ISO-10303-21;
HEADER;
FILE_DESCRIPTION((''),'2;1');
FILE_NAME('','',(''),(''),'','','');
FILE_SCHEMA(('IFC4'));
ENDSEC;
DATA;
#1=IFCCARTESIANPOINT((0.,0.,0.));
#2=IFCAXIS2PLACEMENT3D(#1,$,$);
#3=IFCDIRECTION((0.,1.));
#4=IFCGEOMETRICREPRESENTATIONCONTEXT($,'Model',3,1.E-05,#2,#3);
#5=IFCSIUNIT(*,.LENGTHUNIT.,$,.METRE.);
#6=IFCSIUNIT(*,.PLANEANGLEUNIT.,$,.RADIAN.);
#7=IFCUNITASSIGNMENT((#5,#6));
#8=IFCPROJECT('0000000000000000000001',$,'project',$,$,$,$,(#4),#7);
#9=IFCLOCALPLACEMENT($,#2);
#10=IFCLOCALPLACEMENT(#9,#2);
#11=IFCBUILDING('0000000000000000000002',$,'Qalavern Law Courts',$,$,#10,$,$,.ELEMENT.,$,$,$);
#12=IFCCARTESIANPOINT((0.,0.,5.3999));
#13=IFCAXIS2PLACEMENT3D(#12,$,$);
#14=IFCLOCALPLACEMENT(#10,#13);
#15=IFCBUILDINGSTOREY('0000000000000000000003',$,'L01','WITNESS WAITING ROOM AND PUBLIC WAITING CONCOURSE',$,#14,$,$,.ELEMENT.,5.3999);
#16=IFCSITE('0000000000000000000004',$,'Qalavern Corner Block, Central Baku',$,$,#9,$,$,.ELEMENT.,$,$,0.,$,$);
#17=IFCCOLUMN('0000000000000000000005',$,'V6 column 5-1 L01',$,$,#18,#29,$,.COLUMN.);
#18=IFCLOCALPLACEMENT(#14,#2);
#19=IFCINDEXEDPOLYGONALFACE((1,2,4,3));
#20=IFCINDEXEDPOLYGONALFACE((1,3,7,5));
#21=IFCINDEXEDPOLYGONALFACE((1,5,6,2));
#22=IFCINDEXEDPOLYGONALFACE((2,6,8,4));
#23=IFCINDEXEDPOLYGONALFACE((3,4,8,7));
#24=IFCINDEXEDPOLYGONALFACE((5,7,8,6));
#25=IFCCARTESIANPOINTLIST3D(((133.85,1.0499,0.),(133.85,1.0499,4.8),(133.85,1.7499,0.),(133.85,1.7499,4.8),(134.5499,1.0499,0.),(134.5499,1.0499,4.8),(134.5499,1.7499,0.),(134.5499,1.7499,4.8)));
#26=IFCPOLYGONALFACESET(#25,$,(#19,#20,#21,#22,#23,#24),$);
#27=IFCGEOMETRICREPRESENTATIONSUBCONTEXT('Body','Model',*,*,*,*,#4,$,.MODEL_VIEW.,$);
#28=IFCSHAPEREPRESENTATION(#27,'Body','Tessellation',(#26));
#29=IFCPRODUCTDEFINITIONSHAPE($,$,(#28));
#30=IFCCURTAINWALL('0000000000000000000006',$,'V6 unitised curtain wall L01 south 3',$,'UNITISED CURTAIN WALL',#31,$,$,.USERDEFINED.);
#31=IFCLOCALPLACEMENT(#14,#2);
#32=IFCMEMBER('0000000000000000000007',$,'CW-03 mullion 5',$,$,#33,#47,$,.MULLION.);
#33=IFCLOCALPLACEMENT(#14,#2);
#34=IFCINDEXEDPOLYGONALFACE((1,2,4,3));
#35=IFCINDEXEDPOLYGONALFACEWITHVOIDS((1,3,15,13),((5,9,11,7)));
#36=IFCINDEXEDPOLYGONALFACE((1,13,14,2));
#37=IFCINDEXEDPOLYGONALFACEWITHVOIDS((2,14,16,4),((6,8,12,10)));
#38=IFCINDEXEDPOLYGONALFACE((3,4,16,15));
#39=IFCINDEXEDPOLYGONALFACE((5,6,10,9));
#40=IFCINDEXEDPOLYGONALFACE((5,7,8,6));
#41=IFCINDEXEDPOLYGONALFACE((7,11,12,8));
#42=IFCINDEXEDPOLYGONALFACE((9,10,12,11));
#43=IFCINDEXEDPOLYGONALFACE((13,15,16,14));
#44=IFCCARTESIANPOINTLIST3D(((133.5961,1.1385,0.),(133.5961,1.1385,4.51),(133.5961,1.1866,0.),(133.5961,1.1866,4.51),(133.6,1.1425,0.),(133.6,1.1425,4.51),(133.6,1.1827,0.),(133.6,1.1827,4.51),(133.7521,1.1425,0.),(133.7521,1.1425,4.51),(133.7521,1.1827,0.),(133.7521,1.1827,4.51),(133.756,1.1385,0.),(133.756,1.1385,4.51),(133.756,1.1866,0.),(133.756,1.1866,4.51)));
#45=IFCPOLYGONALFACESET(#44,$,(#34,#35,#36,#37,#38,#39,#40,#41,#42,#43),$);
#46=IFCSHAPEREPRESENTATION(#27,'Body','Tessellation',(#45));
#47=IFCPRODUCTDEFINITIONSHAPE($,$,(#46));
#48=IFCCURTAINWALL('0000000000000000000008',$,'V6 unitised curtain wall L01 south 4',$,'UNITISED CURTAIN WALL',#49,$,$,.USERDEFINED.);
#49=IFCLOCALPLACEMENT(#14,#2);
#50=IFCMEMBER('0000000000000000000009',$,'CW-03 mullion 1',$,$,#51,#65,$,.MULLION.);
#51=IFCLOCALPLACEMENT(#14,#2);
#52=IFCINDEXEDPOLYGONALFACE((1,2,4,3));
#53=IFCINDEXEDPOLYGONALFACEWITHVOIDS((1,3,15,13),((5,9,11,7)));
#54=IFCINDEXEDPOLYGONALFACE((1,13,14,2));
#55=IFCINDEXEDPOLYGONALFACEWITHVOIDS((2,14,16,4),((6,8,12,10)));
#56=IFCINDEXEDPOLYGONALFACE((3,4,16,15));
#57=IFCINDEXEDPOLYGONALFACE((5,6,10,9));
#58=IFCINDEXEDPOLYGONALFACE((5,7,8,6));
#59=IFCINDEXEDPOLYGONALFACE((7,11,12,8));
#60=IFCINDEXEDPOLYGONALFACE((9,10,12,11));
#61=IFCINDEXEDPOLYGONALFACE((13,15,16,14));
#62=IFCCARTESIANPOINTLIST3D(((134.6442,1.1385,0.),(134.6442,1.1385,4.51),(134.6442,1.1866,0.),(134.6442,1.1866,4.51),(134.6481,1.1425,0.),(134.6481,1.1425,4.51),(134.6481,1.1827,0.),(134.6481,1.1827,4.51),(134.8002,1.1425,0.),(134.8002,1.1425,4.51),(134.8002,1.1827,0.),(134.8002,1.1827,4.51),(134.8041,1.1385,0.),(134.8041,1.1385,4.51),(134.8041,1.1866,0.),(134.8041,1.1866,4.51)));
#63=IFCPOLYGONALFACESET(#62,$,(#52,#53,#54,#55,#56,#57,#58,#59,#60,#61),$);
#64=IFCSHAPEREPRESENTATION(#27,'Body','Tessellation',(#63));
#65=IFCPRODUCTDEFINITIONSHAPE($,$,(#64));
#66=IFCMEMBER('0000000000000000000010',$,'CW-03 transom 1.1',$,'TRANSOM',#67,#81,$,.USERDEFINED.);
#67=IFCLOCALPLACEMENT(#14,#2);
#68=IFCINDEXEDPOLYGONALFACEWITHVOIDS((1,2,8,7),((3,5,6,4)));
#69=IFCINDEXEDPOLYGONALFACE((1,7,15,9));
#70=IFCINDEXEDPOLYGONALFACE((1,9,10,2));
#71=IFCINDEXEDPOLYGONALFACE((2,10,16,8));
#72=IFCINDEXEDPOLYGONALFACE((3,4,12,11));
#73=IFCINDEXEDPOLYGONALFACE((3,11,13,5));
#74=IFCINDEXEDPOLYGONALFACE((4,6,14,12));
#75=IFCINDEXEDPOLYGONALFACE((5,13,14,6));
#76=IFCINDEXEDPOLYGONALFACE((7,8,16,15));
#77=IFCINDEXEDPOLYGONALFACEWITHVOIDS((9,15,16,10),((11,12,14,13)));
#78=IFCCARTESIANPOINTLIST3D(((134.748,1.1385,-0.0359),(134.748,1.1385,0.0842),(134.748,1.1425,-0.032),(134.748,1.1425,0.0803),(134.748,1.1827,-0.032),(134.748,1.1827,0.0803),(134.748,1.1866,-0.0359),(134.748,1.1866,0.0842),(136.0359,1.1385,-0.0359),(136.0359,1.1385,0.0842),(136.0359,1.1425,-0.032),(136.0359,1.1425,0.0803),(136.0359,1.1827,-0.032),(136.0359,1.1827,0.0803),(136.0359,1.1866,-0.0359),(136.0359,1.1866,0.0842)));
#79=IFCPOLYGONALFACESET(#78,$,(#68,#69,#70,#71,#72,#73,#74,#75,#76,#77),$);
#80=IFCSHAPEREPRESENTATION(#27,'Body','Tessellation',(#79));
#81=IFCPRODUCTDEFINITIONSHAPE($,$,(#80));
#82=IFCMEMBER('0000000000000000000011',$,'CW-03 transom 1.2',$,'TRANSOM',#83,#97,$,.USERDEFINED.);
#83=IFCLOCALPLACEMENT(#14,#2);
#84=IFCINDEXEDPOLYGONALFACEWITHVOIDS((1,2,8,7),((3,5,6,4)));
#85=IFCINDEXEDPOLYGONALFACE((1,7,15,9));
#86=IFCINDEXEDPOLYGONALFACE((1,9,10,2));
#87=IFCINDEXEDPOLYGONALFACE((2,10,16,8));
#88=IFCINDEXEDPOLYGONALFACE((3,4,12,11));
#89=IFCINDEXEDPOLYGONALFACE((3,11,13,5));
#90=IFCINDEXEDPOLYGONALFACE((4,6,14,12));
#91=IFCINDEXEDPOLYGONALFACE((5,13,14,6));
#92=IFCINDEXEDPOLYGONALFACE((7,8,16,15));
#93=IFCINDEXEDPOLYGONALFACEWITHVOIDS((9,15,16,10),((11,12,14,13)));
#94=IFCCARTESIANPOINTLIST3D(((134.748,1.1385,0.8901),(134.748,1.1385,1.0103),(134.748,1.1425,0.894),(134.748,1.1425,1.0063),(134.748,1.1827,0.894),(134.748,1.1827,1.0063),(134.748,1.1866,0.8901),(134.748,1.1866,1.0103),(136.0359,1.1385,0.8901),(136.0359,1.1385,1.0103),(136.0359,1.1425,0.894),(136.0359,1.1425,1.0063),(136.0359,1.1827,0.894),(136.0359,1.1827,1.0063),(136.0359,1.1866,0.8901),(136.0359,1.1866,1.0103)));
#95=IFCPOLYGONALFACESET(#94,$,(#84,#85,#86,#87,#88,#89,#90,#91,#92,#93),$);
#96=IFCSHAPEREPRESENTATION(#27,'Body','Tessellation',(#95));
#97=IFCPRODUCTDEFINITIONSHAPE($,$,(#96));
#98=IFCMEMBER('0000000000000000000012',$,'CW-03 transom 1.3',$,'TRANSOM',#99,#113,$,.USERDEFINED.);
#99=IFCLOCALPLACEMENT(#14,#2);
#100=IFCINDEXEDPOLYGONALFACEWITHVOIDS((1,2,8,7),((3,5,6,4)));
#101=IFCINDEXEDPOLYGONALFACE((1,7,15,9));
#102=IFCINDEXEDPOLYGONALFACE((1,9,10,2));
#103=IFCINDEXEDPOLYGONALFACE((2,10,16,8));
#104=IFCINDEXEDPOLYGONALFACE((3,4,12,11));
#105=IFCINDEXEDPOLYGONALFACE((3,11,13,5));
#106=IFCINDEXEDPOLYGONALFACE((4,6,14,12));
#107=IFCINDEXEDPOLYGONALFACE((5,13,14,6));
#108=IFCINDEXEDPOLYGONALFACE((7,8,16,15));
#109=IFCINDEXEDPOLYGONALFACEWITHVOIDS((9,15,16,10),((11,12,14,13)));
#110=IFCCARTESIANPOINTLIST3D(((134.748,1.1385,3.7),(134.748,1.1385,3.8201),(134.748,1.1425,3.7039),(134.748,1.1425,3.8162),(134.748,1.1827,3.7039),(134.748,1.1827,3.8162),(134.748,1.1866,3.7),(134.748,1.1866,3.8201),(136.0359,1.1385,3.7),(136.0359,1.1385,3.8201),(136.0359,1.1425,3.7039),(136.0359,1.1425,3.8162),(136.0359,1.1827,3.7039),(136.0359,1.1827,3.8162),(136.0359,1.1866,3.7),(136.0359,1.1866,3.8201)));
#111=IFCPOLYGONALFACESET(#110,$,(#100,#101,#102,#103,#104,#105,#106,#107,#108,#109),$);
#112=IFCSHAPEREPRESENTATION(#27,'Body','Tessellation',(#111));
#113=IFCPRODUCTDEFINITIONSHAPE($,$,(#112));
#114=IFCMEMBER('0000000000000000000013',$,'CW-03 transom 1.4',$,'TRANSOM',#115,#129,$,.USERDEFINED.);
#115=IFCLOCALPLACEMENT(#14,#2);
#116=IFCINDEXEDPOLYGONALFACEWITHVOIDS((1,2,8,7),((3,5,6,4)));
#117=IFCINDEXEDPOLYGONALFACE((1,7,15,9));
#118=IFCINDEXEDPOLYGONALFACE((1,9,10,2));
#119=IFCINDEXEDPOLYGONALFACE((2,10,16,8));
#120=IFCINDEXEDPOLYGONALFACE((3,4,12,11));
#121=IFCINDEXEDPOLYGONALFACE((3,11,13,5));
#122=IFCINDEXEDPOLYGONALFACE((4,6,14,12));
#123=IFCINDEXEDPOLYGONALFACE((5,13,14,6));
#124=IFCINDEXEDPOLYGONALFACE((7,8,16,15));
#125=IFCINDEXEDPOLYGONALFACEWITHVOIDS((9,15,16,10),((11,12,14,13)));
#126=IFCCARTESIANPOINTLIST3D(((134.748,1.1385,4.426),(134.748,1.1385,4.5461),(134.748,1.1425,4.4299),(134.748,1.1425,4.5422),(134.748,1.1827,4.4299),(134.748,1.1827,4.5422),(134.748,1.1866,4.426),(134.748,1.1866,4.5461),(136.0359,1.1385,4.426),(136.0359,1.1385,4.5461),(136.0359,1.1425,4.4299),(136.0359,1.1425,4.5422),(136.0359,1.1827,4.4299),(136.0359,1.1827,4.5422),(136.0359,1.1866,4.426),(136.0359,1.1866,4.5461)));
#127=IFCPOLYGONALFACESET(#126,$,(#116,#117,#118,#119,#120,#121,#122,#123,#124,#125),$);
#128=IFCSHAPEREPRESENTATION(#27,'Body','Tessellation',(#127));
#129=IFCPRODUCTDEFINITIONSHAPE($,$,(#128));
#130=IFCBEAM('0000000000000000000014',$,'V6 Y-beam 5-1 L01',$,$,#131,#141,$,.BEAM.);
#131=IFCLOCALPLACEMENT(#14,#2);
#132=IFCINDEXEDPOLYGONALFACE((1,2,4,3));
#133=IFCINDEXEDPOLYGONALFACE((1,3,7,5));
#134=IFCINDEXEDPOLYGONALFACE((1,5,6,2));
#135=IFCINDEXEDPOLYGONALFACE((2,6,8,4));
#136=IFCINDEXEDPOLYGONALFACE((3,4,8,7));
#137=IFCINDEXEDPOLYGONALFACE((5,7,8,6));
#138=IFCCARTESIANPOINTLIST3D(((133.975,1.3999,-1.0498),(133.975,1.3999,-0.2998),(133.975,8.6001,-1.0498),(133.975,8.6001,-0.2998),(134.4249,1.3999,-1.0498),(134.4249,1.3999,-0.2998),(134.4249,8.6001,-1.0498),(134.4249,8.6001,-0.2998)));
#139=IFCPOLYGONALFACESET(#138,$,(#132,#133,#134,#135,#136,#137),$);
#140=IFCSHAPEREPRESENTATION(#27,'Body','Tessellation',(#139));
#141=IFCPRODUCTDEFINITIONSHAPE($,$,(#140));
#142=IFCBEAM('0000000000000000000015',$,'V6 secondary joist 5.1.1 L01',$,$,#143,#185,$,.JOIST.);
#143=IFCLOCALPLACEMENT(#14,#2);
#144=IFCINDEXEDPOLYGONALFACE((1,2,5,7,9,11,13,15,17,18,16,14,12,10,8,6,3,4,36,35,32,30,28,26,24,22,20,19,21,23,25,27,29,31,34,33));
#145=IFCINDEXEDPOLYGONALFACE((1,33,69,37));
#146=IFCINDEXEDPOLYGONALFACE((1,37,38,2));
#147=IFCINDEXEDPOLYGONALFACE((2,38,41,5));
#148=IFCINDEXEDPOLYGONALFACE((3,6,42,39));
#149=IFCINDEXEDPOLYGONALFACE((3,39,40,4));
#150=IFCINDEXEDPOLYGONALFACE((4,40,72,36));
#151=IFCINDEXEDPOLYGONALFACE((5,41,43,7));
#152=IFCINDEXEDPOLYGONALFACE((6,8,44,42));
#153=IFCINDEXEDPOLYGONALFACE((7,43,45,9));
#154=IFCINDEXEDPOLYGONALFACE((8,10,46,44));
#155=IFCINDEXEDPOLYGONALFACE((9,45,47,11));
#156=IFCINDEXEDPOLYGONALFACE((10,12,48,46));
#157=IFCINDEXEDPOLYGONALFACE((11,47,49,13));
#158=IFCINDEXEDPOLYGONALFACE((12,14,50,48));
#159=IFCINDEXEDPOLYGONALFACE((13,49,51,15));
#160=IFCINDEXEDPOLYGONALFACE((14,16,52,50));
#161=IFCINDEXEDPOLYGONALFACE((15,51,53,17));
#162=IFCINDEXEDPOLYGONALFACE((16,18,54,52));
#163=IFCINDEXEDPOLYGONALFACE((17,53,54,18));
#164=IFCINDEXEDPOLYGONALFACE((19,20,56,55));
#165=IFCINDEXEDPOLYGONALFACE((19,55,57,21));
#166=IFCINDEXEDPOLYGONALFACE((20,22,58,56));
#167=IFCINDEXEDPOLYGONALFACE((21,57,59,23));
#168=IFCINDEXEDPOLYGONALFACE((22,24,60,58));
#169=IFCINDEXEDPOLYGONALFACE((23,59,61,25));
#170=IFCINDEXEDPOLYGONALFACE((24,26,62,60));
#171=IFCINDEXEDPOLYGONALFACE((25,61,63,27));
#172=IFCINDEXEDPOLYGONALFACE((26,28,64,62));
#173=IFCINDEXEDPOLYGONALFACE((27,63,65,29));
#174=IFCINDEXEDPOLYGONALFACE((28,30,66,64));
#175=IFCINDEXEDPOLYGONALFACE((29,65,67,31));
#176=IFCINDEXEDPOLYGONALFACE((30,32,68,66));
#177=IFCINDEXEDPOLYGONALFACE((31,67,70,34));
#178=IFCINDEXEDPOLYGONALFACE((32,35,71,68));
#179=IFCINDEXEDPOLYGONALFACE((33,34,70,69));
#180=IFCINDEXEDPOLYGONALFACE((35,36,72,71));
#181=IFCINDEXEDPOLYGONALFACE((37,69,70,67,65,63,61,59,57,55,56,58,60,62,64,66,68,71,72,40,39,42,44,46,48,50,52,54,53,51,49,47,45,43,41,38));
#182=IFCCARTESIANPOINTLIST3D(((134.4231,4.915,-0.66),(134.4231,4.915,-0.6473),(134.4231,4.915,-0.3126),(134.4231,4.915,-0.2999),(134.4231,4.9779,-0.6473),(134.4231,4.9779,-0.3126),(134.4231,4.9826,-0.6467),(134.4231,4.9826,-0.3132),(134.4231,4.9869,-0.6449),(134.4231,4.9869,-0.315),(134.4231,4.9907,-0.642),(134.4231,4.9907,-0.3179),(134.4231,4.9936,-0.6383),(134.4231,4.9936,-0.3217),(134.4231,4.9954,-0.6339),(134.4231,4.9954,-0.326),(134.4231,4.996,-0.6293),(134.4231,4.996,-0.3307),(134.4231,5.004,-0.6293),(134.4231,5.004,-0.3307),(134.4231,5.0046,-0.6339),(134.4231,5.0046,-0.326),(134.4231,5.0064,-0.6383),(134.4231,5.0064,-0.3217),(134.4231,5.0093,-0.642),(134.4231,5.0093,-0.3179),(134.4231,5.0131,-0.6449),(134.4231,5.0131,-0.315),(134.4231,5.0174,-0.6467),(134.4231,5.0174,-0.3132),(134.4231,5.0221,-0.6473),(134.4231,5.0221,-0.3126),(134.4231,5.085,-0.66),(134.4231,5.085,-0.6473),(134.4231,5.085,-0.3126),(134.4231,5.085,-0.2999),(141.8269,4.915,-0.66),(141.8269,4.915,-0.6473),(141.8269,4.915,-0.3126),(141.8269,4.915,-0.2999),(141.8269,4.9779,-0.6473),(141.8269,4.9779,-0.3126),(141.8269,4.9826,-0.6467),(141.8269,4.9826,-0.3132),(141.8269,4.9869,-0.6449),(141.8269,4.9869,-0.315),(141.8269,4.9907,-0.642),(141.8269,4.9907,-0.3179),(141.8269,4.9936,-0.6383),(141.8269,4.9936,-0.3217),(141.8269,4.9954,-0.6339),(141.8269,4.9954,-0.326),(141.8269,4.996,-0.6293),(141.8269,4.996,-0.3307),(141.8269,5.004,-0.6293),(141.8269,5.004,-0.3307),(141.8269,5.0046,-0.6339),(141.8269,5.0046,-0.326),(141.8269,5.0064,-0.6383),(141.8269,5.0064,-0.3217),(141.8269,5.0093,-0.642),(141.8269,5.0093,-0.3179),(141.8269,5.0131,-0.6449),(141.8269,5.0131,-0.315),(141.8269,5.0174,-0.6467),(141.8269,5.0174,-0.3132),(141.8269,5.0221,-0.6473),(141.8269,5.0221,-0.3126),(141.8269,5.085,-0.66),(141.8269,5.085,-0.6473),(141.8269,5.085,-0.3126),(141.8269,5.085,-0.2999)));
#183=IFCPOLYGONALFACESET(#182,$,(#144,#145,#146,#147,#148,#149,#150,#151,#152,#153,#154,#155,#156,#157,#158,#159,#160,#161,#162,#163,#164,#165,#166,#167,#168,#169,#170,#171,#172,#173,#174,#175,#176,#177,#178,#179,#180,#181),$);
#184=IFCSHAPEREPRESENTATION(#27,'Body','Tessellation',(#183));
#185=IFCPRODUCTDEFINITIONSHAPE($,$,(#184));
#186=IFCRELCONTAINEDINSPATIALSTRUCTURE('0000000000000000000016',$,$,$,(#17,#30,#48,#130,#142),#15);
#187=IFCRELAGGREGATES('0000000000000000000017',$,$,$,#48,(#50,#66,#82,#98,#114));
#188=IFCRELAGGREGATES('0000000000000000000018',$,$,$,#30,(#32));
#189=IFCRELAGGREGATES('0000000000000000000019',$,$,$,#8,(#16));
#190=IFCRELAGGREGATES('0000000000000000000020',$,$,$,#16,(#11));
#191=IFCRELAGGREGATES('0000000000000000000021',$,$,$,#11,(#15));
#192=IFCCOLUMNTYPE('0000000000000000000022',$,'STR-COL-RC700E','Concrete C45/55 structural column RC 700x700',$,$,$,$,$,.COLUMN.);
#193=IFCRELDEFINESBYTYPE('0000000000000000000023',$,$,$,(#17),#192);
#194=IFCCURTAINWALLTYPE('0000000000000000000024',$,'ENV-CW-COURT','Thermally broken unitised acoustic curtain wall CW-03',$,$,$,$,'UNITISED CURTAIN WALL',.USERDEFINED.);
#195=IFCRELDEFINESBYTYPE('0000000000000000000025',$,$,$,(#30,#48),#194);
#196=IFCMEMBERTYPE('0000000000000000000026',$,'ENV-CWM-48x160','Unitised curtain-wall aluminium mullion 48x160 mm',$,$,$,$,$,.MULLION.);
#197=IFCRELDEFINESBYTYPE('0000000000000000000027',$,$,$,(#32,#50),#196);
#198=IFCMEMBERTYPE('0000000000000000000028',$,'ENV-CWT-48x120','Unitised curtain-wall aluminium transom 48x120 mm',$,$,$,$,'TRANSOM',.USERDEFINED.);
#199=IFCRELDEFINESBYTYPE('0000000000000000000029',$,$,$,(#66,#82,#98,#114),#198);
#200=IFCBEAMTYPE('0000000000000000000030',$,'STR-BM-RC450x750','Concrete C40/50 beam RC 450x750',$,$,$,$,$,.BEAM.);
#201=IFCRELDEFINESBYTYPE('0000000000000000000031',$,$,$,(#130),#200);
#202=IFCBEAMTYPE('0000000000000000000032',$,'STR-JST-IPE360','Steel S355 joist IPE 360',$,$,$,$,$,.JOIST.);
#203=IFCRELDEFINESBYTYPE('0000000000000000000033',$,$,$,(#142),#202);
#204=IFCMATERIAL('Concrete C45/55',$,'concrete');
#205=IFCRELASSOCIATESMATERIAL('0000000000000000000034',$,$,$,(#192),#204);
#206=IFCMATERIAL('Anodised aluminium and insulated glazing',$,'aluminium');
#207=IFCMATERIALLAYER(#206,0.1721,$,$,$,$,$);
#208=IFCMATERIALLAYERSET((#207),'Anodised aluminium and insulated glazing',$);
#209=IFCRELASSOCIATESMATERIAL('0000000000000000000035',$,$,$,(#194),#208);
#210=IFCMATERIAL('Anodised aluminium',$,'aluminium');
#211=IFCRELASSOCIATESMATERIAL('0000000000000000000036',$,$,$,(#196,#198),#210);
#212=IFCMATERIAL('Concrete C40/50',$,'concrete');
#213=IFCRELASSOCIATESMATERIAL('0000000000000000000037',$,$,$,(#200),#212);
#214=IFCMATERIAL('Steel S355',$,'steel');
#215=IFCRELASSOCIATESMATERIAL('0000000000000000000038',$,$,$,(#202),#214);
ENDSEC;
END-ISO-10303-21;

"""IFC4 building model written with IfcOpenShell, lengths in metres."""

from ifc_helpers import new_model, si_unit, direction, frame, origin, origin_2d, place, context, subcontext, project, spatial, rectangle, hollow_rectangle, i_section, extrude, material, layer, layer_set, material_profile, profile_set, type_object, element, aggregate, save


model = new_model("IFC4")

# Units and contexts
model_context = context("Model", 3, precision=1e-05, world=origin(), true_north=direction((0.0, 1.0)))
body_context = subcontext(model_context, "Body", "Model", "MODEL_VIEW")
ifc_project = project(units=[si_unit("LENGTHUNIT", "METRE"), si_unit("PLANEANGLEUNIT", "RADIAN")], contexts=[model_context])

# Site, building, storey
site_placement = place(None, origin())
site = spatial("IfcSite", under=ifc_project, at=site_placement, Name="Qalavern Corner Block, Central Baku", CompositionType="ELEMENT", RefElevation=0.0)
building_placement = place(site_placement, origin())
building = spatial("IfcBuilding", under=site, at=building_placement, Name="Qalavern Law Courts", CompositionType="ELEMENT")
storey_placement = place(building_placement, frame((0.0, 0.0, 5.3999)))
storey = spatial("IfcBuildingStorey", under=building, at=storey_placement, Name="L01", Description="WITNESS WAITING ROOM AND PUBLIC WAITING CONCOURSE", CompositionType="ELEMENT", Elevation=5.3999)

# Column
ifc_material_1 = material(Name="Concrete C45/55", Category="concrete")
ifc_material_profile_1 = material_profile(ifc_material_1, rectangle(XDim=0.7, YDim=0.7, at=origin_2d()), Name="RC 700x700")
ifc_profile_set_1 = profile_set([ifc_material_profile_1], Name="Concrete C45/55")
column_type = type_object("IfcColumnType", Name="STR-COL-RC700E", Description="Concrete C45/55 structural column RC 700x700", PredefinedType="COLUMN", material=ifc_profile_set_1)
column_placement = place(storey_placement, frame((134.2, 1.3999, 0.0), z_axis=(0.0, 0.0, 1.0), x_axis=(1.0, 0.0, 0.0)))
element("IfcColumn", 1, at=column_placement, inside=storey, type_object=column_type, Name="V6 column 5-1 L01", PredefinedType="COLUMN", context=body_context, shape_type="SweptSolid", body=[
    extrude(rectangle(XDim=0.7, YDim=0.7, at=origin_2d()), origin(), (0.0, 0.0, 1.0), 4.8),
])

# Curtain wall, member
ifc_material_2 = material(Name="Anodised aluminium and insulated glazing", Category="aluminium")
ifc_layer_1 = layer(ifc_material_2, 0.1721)
ifc_layer_set_1 = layer_set([ifc_layer_1], Name="Anodised aluminium and insulated glazing")
curtain_wall_type = type_object("IfcCurtainWallType", Name="ENV-CW-COURT", Description="Thermally broken unitised acoustic curtain wall CW-03", ElementType="UNITISED CURTAIN WALL", PredefinedType="USERDEFINED", material=ifc_layer_set_1)
curtain_wall_1_placement = place(storey_placement, origin())
curtain_wall_1 = element("IfcCurtainWall", 2, at=curtain_wall_1_placement, inside=storey, type_object=curtain_wall_type, Name="V6 unitised curtain wall L01 south 3", ObjectType="UNITISED CURTAIN WALL", PredefinedType="USERDEFINED")
ifc_material_3 = material(Name="Anodised aluminium", Category="aluminium")
ifc_material_profile_2 = material_profile(ifc_material_3, hollow_rectangle(XDim=0.0481, YDim=0.1599, WallThickness=0.0039, at=origin_2d()), Name="ALU MULLION 48x160")
ifc_profile_set_2 = profile_set([ifc_material_profile_2], Name="Anodised aluminium")
member_type_1 = type_object("IfcMemberType", Name="ENV-CWM-48x160", Description="Unitised curtain-wall aluminium mullion 48x160 mm", PredefinedType="MULLION", material=ifc_profile_set_2)
member_1_placement = place(storey_placement, frame((133.676, 1.1626, 0.0), z_axis=(0.0, 0.0, 1.0), x_axis=(0.0, 1.0, 0.0)))
member_1 = element("IfcMember", 3, at=member_1_placement, type_object=member_type_1, Name="CW-03 mullion 5", PredefinedType="MULLION", context=body_context, shape_type="SweptSolid", body=[
    extrude(hollow_rectangle(XDim=0.0481, YDim=0.1599, WallThickness=0.0039, at=origin_2d()), origin(), (0.0, 0.0, 1.0), 4.51),
])

# Curtain wall, members
curtain_wall_2_placement = place(storey_placement, origin())
curtain_wall_2 = element("IfcCurtainWall", 4, at=curtain_wall_2_placement, inside=storey, type_object=curtain_wall_type, Name="V6 unitised curtain wall L01 south 4", ObjectType="UNITISED CURTAIN WALL", PredefinedType="USERDEFINED")
member_2_placement = place(storey_placement, frame((134.7241, 1.1626, 0.0), z_axis=(0.0, 0.0, 1.0), x_axis=(0.0, 1.0, 0.0)))
member_2 = element("IfcMember", 5, at=member_2_placement, type_object=member_type_1, Name="CW-03 mullion 1", PredefinedType="MULLION", context=body_context, shape_type="SweptSolid", body=[
    extrude(hollow_rectangle(XDim=0.0481, YDim=0.1599, WallThickness=0.0039, at=origin_2d()), origin(), (0.0, 0.0, 1.0), 4.51),
])
ifc_material_profile_3 = material_profile(ifc_material_3, hollow_rectangle(XDim=0.0481, YDim=0.1201, WallThickness=0.0039, at=origin_2d()), Name="ALU TRANSOM 48x120")
ifc_profile_set_3 = profile_set([ifc_material_profile_3], Name="Anodised aluminium")
member_type_2 = type_object("IfcMemberType", Name="ENV-CWT-48x120", Description="Unitised curtain-wall aluminium transom 48x120 mm", ElementType="TRANSOM", PredefinedType="USERDEFINED", material=ifc_profile_set_3)
member_3_placement = place(storey_placement, frame((134.748, 1.1626, 0.0242), z_axis=(1.0, 0.0, 0.0), x_axis=(0.0, 1.0, 0.0)))
member_3 = element("IfcMember", 6, at=member_3_placement, type_object=member_type_2, Name="CW-03 transom 1.1", ObjectType="TRANSOM", PredefinedType="USERDEFINED", context=body_context, shape_type="SweptSolid", body=[
    extrude(hollow_rectangle(XDim=0.0481, YDim=0.1201, WallThickness=0.0039, at=origin_2d()), origin(), (0.0, 0.0, 1.0), 1.2878),
])
member_4_placement = place(storey_placement, frame((134.748, 1.1626, 0.9502), z_axis=(1.0, 0.0, 0.0), x_axis=(0.0, 1.0, 0.0)))
member_4 = element("IfcMember", 7, at=member_4_placement, type_object=member_type_2, Name="CW-03 transom 1.2", ObjectType="TRANSOM", PredefinedType="USERDEFINED", context=body_context, shape_type="SweptSolid", body=[
    extrude(hollow_rectangle(XDim=0.0481, YDim=0.1201, WallThickness=0.0039, at=origin_2d()), origin(), (0.0, 0.0, 1.0), 1.2878),
])
member_5_placement = place(storey_placement, frame((134.748, 1.1626, 3.76), z_axis=(1.0, 0.0, 0.0), x_axis=(0.0, 1.0, 0.0)))
member_5 = element("IfcMember", 8, at=member_5_placement, type_object=member_type_2, Name="CW-03 transom 1.3", ObjectType="TRANSOM", PredefinedType="USERDEFINED", context=body_context, shape_type="SweptSolid", body=[
    extrude(hollow_rectangle(XDim=0.0481, YDim=0.1201, WallThickness=0.0039, at=origin_2d()), origin(), (0.0, 0.0, 1.0), 1.2878),
])
member_6_placement = place(storey_placement, frame((134.748, 1.1626, 4.4861), z_axis=(1.0, 0.0, 0.0), x_axis=(0.0, 1.0, 0.0)))
member_6 = element("IfcMember", 9, at=member_6_placement, type_object=member_type_2, Name="CW-03 transom 1.4", ObjectType="TRANSOM", PredefinedType="USERDEFINED", context=body_context, shape_type="SweptSolid", body=[
    extrude(hollow_rectangle(XDim=0.0481, YDim=0.1201, WallThickness=0.0039, at=origin_2d()), origin(), (0.0, 0.0, 1.0), 1.2878),
])

# Beams
ifc_material_4 = material(Name="Concrete C40/50", Category="concrete")
ifc_material_profile_4 = material_profile(ifc_material_4, rectangle(XDim=0.45, YDim=0.75, at=origin_2d()), Name="RC 450x750")
ifc_profile_set_4 = profile_set([ifc_material_profile_4], Name="Concrete C40/50")
beam_type_1 = type_object("IfcBeamType", Name="STR-BM-RC450x750", Description="Concrete C40/50 beam RC 450x750", PredefinedType="BEAM", material=ifc_profile_set_4)
beam_1_placement = place(storey_placement, frame((134.2, 1.3999, -0.6748), z_axis=(0.0, 1.0, 0.0), x_axis=(-1.0, 0.0, 0.0)))
element("IfcBeam", 10, at=beam_1_placement, inside=storey, type_object=beam_type_1, Name="V6 Y-beam 5-1 L01", PredefinedType="BEAM", context=body_context, shape_type="SweptSolid", body=[
    extrude(rectangle(XDim=0.45, YDim=0.75, at=origin_2d()), origin(), (0.0, 0.0, 1.0), 7.2002),
])
ifc_material_5 = material(Name="Steel S355", Category="steel")
ifc_material_profile_5 = material_profile(ifc_material_5, i_section(OverallWidth=0.1699, OverallDepth=0.3601, WebThickness=0.0081, FlangeThickness=0.0127, FilletRadius=0.0181, at=origin_2d()), Name="IPE 360")
ifc_profile_set_5 = profile_set([ifc_material_profile_5], Name="Steel S355")
beam_type_2 = type_object("IfcBeamType", Name="STR-JST-IPE360", Description="Steel S355 joist IPE 360", PredefinedType="JOIST", material=ifc_profile_set_5)
beam_2_placement = place(storey_placement, frame((134.4231, 5.0, -0.48), z_axis=(1.0, 0.0, 0.0), x_axis=(0.0, 1.0, 0.0)))
element("IfcBeam", 11, at=beam_2_placement, inside=storey, type_object=beam_type_2, Name="V6 secondary joist 5.1.1 L01", PredefinedType="JOIST", context=body_context, shape_type="SweptSolid", body=[
    extrude(i_section(OverallWidth=0.1699, OverallDepth=0.3601, WebThickness=0.0081, FlangeThickness=0.0127, FilletRadius=0.0181, at=origin_2d()), origin(), (0.0, 0.0, 1.0), 7.4038),
])

aggregate(curtain_wall_2, [member_2, member_3, member_4, member_5, member_6])
aggregate(curtain_wall_1, [member_1])

save(model, "model.ifc")
